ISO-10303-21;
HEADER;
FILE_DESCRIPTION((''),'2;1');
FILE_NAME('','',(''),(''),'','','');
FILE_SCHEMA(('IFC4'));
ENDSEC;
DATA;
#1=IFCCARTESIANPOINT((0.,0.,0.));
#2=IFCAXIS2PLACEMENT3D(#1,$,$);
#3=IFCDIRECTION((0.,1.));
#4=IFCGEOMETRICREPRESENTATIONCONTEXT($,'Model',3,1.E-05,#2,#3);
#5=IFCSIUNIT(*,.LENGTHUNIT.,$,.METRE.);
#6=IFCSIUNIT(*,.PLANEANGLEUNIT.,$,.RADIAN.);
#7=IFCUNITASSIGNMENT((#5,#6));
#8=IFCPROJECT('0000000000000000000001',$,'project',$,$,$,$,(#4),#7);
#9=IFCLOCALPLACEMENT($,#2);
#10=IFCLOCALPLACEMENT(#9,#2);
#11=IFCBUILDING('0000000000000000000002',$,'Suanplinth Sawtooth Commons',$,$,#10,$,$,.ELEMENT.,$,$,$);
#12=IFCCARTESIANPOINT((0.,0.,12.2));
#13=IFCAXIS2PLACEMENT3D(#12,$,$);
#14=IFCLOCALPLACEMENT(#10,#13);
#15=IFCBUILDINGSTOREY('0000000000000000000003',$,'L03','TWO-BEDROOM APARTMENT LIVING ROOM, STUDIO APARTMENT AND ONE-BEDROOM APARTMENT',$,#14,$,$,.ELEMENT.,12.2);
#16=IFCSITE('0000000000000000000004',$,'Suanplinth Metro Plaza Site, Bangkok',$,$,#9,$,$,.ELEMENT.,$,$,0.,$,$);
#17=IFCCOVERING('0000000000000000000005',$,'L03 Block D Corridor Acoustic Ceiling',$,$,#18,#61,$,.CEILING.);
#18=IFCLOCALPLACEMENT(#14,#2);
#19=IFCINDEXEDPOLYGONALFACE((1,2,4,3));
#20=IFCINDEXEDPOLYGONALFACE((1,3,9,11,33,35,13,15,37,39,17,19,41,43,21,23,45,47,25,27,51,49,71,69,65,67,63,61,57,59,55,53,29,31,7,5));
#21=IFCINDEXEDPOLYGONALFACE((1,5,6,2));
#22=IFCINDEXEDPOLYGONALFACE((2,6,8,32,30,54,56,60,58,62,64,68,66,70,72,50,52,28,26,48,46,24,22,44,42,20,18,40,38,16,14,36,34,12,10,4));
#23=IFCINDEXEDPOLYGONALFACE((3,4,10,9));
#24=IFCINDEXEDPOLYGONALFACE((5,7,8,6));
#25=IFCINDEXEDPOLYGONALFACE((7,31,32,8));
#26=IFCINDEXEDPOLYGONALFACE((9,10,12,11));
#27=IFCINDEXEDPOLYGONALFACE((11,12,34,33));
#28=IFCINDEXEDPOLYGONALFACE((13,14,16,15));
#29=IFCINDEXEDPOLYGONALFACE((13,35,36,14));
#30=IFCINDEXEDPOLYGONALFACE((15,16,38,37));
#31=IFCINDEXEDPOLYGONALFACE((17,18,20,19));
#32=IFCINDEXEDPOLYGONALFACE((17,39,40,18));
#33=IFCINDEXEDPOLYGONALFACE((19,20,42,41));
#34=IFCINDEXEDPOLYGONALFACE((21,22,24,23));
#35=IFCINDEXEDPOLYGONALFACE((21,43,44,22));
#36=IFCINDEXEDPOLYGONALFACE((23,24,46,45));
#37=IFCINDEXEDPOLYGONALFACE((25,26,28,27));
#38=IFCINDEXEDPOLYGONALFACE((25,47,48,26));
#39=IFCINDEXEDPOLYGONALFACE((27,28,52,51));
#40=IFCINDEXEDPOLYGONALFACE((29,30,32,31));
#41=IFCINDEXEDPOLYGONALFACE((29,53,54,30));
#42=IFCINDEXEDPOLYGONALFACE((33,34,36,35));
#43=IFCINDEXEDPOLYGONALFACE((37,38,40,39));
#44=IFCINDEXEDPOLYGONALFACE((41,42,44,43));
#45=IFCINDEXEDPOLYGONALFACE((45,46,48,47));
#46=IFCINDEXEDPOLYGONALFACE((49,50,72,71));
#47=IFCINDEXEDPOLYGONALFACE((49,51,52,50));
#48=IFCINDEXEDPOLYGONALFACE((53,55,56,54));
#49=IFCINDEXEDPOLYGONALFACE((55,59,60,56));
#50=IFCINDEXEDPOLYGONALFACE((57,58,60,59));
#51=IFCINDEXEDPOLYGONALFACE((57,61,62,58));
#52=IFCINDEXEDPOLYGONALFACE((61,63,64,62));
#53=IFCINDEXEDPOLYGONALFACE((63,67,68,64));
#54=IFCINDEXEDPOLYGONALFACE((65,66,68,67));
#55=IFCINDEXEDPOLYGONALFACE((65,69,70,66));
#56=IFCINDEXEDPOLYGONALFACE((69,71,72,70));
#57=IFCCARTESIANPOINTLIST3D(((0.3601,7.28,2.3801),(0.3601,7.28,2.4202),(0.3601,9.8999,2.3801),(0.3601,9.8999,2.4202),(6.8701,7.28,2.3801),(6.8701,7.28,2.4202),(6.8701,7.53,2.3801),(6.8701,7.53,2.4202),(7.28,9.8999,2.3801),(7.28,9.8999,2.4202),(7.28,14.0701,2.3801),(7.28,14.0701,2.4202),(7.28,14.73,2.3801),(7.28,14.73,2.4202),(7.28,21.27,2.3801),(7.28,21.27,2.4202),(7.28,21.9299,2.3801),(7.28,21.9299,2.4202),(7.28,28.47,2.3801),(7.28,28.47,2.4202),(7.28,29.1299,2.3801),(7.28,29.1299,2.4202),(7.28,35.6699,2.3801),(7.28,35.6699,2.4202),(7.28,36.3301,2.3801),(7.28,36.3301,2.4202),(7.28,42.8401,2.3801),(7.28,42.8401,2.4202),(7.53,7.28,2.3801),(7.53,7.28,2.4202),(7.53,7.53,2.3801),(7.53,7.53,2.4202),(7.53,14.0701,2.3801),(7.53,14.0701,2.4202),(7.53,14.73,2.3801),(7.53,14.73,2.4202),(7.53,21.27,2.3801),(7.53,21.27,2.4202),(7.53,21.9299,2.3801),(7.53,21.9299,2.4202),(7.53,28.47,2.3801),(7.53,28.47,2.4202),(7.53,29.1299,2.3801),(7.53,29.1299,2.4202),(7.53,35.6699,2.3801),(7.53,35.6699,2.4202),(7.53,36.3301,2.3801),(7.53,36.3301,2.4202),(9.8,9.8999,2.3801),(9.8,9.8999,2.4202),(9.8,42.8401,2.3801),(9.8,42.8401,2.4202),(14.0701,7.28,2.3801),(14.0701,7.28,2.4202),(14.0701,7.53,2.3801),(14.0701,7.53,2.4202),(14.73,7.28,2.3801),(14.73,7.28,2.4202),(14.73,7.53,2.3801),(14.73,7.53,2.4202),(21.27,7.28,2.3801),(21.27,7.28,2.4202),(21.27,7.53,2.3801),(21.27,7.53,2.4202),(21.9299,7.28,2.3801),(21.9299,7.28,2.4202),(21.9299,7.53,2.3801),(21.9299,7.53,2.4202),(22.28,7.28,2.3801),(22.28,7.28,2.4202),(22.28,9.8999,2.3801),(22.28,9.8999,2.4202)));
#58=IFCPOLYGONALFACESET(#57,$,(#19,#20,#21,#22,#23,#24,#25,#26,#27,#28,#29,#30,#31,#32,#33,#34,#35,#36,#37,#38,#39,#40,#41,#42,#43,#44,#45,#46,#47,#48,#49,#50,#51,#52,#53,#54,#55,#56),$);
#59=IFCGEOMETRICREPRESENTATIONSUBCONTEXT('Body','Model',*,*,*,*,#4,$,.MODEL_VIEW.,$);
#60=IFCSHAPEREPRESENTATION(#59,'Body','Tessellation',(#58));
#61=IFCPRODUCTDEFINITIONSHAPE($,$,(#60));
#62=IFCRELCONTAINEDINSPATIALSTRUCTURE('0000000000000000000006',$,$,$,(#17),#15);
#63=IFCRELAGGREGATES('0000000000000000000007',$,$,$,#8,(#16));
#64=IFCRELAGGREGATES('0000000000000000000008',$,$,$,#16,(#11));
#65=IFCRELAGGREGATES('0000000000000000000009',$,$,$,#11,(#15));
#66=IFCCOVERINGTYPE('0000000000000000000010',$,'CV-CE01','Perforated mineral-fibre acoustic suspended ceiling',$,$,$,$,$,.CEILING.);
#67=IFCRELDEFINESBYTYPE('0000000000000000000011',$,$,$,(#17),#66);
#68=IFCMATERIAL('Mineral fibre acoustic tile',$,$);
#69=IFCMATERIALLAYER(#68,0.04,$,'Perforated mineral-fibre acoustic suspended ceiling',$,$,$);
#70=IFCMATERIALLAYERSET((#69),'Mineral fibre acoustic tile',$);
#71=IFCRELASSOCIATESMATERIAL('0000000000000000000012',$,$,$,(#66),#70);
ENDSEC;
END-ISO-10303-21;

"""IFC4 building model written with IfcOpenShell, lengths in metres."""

from ifc_helpers import new_model, si_unit, direction, frame, origin, place, context, subcontext, project, spatial, polyline, outline, extrude, material, layer, layer_set, type_object, element, save


model = new_model("IFC4")

# Units and contexts
model_context = context("Model", 3, precision=1e-05, world=origin(), true_north=direction((0.0, 1.0)))
body_context = subcontext(model_context, "Body", "Model", "MODEL_VIEW")
ifc_project = project(units=[si_unit("LENGTHUNIT", "METRE"), si_unit("PLANEANGLEUNIT", "RADIAN")], contexts=[model_context])

# Site, building, storey
site_placement = place(None, origin())
site = spatial("IfcSite", under=ifc_project, at=site_placement, Name="Suanplinth Metro Plaza Site, Bangkok", CompositionType="ELEMENT", RefElevation=0.0)
building_placement = place(site_placement, origin())
building = spatial("IfcBuilding", under=site, at=building_placement, Name="Suanplinth Sawtooth Commons", CompositionType="ELEMENT")
storey_placement = place(building_placement, frame((0.0, 0.0, 12.2)))
storey = spatial("IfcBuildingStorey", under=building, at=storey_placement, Name="L03", Description="TWO-BEDROOM APARTMENT LIVING ROOM, STUDIO APARTMENT AND ONE-BEDROOM APARTMENT", CompositionType="ELEMENT", Elevation=12.2)

# Covering
ifc_material_1 = material(Name="Mineral fibre acoustic tile")
ifc_layer_1 = layer(ifc_material_1, 0.04, Name="Perforated mineral-fibre acoustic suspended ceiling")
ifc_layer_set_1 = layer_set([ifc_layer_1], Name="Mineral fibre acoustic tile")
covering_type = type_object("IfcCoveringType", Name="CV-CE01", Description="Perforated mineral-fibre acoustic suspended ceiling", PredefinedType="CEILING", material=ifc_layer_set_1)
covering_1_placement = place(storey_placement, frame((0.0, 0.0, 2.3801)))
element("IfcCovering", 1, at=covering_1_placement, inside=storey, type_object=covering_type, Name="L03 Block D Corridor Acoustic Ceiling", PredefinedType="CEILING", context=body_context, shape_type="SweptSolid", body=[
    extrude(outline(polyline([(0.3601, 9.8999), (7.28, 9.8999), (7.28, 14.0701), (7.53, 14.0701), (7.53, 14.73), (7.28, 14.73), (7.28, 21.27), (7.53, 21.27), (7.53, 21.9299), (7.28, 21.9299), (7.28, 28.47), (7.53, 28.47), (7.53, 29.1299), (7.28, 29.1299), (7.28, 35.6699), (7.53, 35.6699), (7.53, 36.3301), (7.28, 36.3301), (7.28, 42.8401), (9.8, 42.8401), (9.8, 9.8999), (22.28, 9.8999), (22.28, 7.28), (21.9299, 7.28), (21.9299, 7.53), (21.27, 7.53), (21.27, 7.28), (14.73, 7.28), (14.73, 7.53), (14.0701, 7.53), (14.0701, 7.28), (7.53, 7.28), (7.53, 7.53), (6.8701, 7.53), (6.8701, 7.28), (0.3601, 7.28), (0.3601, 9.8999)])), origin(), (0.0, 0.0, 1.0), 0.04),
])

save(model, "model.ifc")
